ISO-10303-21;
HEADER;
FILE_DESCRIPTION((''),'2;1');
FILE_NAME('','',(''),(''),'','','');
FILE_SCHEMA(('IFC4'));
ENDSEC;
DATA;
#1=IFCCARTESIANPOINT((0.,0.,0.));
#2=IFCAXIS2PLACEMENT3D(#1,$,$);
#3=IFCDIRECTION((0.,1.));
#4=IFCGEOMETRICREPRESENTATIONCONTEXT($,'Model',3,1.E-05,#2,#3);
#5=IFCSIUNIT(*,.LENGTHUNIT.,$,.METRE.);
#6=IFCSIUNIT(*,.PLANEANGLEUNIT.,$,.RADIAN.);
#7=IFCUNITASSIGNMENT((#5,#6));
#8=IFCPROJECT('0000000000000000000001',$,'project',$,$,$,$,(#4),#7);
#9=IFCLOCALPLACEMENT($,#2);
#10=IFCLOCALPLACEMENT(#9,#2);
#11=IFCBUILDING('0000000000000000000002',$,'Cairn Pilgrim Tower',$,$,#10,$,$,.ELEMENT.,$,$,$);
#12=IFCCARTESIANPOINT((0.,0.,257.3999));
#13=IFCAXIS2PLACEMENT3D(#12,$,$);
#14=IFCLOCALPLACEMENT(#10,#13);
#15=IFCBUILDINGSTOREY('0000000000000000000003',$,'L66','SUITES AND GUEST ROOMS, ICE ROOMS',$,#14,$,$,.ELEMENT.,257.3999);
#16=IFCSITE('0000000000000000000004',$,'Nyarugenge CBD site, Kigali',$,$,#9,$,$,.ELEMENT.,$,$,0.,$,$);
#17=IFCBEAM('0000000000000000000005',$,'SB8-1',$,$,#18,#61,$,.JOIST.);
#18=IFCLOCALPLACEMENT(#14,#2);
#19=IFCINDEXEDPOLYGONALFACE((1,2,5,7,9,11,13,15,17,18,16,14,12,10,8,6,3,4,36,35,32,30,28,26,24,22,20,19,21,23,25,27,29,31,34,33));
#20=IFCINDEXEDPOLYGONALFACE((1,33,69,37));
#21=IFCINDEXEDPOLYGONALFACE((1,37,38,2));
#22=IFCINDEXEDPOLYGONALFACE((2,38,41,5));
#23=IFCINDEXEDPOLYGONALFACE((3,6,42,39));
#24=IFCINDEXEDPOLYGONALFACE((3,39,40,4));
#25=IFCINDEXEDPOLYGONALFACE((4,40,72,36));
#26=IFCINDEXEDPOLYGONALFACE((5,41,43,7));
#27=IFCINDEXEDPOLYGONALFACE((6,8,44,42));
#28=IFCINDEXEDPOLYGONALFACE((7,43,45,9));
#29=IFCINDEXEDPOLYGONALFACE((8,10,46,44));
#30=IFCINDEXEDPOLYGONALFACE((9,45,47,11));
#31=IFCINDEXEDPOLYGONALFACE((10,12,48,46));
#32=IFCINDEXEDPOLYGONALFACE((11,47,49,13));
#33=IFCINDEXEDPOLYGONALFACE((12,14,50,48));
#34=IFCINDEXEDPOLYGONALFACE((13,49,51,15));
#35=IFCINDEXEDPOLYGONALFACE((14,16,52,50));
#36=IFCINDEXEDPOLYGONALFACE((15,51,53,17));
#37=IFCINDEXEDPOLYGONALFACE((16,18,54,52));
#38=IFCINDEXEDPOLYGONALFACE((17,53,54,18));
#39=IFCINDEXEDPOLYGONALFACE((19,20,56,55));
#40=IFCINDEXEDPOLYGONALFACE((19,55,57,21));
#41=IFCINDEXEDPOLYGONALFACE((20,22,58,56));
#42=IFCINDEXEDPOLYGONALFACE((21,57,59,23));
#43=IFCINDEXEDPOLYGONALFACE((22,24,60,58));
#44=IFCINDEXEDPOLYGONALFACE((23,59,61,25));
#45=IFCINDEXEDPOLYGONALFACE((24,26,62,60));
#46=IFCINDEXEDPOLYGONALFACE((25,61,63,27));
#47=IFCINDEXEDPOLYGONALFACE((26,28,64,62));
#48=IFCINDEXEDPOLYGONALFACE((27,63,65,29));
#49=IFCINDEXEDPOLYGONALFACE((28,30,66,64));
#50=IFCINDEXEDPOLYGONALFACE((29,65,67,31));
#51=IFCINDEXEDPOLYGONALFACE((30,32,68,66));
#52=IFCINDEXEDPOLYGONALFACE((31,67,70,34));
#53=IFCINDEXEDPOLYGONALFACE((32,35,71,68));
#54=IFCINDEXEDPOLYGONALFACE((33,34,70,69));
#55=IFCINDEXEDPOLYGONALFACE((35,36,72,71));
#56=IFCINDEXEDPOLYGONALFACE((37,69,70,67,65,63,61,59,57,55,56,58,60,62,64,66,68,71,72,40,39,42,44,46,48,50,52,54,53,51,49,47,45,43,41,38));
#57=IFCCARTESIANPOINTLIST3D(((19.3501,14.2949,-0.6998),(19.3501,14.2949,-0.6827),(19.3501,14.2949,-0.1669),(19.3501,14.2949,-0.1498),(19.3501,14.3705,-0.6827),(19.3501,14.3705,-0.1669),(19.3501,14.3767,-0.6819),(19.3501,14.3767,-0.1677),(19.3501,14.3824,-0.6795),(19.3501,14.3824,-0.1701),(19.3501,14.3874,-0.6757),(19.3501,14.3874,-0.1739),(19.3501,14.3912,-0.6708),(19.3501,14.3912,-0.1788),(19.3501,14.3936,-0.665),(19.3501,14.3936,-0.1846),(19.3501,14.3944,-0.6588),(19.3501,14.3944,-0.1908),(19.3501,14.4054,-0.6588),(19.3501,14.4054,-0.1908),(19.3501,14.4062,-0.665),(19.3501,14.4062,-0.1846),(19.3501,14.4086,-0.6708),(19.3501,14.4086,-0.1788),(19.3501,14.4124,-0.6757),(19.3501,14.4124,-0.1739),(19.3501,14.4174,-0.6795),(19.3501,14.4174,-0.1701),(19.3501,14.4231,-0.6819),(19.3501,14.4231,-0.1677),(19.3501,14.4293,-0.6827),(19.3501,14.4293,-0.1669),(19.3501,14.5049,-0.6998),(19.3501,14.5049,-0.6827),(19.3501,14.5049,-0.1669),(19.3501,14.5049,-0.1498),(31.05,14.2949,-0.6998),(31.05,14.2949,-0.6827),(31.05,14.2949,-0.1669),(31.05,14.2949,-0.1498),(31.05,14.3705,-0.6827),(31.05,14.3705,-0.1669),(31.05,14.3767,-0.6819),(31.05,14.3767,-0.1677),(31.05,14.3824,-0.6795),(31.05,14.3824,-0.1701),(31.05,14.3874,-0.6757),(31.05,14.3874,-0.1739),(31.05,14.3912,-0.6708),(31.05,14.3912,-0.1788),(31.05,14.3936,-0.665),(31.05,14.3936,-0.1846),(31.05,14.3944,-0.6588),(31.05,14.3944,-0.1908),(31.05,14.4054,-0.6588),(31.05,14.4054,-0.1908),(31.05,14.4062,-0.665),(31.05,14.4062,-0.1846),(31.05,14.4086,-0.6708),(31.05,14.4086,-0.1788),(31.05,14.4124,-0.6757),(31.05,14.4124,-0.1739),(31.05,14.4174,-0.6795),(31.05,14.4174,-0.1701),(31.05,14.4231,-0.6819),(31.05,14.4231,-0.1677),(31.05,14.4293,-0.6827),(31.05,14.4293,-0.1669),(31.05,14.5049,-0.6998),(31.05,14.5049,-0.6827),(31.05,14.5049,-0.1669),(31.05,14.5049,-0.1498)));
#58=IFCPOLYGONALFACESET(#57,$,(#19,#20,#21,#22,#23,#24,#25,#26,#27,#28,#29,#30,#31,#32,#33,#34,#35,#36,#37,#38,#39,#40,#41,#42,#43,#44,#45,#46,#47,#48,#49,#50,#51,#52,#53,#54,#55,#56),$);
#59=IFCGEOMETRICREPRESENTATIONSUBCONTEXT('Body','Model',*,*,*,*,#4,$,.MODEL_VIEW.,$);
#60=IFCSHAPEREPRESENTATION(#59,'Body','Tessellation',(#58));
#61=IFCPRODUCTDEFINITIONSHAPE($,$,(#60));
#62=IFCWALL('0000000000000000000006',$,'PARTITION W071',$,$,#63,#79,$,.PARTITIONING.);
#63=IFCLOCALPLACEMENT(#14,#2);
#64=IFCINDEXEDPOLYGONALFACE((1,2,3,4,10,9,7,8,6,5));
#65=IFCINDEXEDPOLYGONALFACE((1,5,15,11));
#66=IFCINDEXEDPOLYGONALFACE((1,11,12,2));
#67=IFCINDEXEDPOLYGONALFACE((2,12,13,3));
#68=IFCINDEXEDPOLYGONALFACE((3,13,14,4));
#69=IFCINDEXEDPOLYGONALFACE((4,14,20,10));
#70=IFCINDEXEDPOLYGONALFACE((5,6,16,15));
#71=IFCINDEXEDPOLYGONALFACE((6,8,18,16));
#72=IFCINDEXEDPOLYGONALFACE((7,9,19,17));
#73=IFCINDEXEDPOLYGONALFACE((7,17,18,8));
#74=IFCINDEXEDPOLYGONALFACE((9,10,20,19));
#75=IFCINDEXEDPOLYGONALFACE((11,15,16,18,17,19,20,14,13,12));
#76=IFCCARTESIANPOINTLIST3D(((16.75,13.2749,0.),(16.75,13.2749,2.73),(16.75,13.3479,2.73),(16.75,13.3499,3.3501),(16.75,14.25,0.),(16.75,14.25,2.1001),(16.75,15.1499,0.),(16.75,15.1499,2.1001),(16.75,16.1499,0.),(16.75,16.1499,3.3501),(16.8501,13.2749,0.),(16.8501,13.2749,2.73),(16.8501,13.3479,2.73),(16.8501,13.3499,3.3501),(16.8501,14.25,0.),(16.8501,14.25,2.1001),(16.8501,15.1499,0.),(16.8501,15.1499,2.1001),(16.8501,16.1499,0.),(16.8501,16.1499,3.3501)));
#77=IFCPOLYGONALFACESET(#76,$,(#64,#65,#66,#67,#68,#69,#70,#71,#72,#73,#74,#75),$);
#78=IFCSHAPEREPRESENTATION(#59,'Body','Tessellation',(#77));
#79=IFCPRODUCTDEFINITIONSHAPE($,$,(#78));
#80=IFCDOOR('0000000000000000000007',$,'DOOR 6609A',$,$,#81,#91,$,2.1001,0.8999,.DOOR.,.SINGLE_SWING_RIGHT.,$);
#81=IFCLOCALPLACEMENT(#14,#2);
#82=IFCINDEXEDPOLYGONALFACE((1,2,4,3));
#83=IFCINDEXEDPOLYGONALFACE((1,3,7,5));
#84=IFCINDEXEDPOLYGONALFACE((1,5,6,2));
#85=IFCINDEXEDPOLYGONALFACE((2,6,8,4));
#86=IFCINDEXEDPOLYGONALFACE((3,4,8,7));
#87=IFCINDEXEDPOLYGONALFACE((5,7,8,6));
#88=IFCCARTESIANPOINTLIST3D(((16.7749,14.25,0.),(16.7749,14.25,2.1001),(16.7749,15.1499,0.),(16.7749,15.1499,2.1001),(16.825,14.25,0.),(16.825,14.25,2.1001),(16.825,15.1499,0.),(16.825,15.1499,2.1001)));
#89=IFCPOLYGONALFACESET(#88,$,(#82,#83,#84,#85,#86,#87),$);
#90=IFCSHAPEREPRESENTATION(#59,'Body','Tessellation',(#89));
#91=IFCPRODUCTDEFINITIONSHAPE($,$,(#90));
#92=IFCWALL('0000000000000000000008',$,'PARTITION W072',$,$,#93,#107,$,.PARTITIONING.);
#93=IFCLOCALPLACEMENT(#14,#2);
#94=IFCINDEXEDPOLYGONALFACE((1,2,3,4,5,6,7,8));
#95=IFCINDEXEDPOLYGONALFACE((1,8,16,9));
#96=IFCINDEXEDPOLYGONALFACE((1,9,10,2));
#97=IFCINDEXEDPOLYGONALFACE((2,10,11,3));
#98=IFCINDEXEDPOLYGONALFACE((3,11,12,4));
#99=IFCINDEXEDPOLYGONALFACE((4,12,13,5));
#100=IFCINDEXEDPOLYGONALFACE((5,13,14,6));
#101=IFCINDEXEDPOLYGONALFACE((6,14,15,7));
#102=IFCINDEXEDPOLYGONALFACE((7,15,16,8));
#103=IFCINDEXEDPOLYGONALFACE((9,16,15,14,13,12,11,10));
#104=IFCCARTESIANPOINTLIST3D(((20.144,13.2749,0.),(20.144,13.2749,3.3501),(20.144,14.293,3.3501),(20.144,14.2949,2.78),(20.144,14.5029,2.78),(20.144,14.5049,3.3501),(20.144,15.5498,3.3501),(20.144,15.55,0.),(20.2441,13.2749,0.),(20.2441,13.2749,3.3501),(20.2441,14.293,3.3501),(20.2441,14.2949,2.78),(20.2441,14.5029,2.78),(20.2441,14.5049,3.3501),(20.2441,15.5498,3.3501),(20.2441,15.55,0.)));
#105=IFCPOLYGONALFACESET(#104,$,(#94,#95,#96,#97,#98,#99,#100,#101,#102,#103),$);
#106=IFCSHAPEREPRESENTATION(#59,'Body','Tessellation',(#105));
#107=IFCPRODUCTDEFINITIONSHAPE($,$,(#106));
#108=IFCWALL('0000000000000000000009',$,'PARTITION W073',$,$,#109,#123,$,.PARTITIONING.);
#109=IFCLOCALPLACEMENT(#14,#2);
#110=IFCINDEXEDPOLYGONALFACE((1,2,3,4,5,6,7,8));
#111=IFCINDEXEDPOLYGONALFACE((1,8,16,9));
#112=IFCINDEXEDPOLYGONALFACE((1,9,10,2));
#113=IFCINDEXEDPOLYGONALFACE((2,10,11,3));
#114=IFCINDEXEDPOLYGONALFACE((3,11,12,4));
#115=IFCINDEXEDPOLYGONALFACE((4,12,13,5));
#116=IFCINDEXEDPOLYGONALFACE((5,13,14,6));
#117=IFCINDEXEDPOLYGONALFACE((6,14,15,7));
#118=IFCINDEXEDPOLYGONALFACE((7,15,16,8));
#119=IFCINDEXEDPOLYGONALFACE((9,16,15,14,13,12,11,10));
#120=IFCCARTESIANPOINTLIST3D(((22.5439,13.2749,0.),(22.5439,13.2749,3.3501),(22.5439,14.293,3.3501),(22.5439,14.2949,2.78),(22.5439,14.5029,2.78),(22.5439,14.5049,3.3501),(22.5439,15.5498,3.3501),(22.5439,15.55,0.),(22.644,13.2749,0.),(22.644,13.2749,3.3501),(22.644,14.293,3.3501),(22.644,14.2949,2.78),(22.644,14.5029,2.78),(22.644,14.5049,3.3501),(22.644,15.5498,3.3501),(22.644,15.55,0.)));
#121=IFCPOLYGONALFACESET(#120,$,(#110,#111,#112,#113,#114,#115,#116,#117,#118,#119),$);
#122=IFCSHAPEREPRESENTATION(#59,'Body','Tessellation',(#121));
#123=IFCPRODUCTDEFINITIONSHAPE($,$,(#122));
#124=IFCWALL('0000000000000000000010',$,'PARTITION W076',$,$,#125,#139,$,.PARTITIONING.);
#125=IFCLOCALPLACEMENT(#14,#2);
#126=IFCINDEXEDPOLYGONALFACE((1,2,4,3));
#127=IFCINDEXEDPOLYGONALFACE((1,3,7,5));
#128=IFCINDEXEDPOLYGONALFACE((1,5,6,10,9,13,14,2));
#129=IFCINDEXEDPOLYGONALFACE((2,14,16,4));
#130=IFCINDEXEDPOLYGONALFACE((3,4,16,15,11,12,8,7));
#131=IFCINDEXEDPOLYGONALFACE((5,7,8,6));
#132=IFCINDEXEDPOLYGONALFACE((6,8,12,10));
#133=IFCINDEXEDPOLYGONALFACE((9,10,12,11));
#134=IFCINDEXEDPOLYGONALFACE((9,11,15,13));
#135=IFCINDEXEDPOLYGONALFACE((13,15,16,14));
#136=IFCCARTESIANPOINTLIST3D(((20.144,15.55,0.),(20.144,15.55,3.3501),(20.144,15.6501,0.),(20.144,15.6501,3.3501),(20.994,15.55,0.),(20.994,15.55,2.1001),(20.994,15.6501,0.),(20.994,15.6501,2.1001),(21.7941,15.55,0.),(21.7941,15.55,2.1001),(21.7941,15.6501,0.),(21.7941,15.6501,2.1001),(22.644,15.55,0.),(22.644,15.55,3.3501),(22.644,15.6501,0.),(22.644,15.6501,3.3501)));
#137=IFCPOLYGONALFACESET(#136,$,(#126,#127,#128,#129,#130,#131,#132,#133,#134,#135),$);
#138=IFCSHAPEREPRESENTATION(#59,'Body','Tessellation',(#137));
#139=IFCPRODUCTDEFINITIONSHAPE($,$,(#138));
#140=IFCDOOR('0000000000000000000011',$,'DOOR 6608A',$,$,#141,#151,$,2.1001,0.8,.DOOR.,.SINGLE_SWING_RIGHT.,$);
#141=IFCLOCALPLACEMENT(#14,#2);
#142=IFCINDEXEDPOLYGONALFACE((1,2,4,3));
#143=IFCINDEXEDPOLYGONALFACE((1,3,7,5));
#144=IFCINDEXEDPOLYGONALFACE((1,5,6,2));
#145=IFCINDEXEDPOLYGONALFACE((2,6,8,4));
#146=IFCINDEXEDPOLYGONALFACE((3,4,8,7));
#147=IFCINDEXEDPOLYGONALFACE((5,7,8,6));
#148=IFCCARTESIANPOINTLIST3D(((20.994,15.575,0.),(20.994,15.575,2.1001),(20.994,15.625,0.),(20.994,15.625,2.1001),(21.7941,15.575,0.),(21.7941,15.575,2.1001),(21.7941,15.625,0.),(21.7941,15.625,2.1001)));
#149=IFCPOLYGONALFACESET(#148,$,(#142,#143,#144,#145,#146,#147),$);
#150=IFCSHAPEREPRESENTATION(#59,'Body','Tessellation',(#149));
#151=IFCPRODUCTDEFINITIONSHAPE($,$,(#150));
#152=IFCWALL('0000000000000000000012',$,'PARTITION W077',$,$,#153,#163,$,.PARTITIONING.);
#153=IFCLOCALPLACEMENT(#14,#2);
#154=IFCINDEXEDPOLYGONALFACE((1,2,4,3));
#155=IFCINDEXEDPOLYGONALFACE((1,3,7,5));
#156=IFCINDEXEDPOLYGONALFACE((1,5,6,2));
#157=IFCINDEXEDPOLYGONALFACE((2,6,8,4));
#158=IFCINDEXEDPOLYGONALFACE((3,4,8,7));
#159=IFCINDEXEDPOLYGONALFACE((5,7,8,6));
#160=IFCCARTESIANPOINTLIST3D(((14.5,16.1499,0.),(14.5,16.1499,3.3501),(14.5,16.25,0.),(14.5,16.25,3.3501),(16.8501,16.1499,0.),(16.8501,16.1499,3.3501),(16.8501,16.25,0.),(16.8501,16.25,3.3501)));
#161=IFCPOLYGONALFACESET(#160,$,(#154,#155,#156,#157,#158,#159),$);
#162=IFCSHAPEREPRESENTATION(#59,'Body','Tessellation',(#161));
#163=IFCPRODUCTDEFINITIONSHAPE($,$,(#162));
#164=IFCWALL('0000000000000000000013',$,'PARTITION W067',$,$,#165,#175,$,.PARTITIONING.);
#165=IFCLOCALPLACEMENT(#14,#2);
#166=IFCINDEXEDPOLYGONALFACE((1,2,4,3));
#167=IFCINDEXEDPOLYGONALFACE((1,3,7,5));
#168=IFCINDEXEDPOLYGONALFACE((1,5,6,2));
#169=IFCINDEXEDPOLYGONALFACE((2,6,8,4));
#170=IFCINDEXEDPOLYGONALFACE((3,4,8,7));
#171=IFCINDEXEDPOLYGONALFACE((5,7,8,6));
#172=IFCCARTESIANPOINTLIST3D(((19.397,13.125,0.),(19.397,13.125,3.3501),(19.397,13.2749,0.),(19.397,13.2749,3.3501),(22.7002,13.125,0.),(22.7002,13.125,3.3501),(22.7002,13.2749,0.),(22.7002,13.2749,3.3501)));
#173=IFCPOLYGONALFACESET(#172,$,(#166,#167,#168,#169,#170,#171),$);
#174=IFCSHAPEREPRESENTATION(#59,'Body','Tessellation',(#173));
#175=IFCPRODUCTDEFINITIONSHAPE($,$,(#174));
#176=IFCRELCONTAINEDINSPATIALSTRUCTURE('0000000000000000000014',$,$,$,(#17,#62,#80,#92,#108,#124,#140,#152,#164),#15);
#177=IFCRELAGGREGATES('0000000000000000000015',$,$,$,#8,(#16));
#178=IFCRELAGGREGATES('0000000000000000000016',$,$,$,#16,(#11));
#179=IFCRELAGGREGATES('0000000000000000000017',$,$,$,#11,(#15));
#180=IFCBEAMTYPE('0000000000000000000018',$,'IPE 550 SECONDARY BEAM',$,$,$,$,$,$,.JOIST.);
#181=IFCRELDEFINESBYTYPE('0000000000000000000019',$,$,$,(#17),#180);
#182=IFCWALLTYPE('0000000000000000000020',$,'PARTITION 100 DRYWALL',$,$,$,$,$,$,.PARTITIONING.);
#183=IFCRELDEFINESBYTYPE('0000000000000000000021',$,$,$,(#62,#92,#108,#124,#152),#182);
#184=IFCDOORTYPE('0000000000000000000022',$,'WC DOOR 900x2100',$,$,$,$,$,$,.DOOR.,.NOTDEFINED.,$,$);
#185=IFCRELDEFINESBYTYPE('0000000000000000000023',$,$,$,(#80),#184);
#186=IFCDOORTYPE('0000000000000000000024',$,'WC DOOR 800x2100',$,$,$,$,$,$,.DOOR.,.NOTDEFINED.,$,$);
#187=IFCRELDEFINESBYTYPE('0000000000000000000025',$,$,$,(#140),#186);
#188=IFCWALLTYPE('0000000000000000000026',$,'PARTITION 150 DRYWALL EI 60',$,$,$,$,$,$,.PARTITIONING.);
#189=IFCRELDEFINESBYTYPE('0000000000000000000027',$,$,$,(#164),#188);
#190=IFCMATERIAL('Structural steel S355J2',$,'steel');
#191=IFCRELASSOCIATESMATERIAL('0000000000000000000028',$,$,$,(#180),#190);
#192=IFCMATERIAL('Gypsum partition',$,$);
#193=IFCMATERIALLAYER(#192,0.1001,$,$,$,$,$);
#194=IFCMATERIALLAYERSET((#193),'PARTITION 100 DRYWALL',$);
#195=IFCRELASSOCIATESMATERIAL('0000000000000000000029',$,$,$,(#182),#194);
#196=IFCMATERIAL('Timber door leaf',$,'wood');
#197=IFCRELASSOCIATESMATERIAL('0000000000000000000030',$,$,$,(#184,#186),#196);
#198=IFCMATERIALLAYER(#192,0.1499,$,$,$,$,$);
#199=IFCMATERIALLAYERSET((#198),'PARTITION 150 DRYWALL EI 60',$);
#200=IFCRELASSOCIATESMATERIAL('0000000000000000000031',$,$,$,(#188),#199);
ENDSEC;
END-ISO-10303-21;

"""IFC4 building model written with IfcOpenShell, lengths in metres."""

from ifc_helpers import new_model, si_unit, direction, frame, frame_2d, origin, origin_2d, place, context, subcontext, project, spatial, polyline, rectangle, i_section, outline, extrude, material, layer, layer_set, material_profile, profile_set, type_object, element, fill, save


model = new_model("IFC4")

# Units and contexts
model_context = context("Model", 3, precision=1e-05, world=origin(), true_north=direction((0.0, 1.0)))
body_context = subcontext(model_context, "Body", "Model", "MODEL_VIEW")
ifc_project = project(units=[si_unit("LENGTHUNIT", "METRE"), si_unit("PLANEANGLEUNIT", "RADIAN")], contexts=[model_context])

# Site, building, storey
site_placement = place(None, origin())
site = spatial("IfcSite", under=ifc_project, at=site_placement, Name="Nyarugenge CBD site, Kigali", CompositionType="ELEMENT", RefElevation=0.0)
building_placement = place(site_placement, origin())
building = spatial("IfcBuilding", under=site, at=building_placement, Name="Cairn Pilgrim Tower", CompositionType="ELEMENT")
storey_placement = place(building_placement, frame((0.0, 0.0, 257.3999)))
storey = spatial("IfcBuildingStorey", under=building, at=storey_placement, Name="L66", Description="SUITES AND GUEST ROOMS, ICE ROOMS", CompositionType="ELEMENT", Elevation=257.3999)

# Shared definitions
ifc_material_1 = material(Name="Structural steel S355J2", Category="steel")

# Beam
ifc_material_profile_1 = material_profile(ifc_material_1, i_section(OverallWidth=0.21, OverallDepth=0.55, WebThickness=0.011, FlangeThickness=0.0171, FilletRadius=0.0239, at=origin_2d()), Name="IPE 550")
ifc_profile_set_1 = profile_set([ifc_material_profile_1], Name="Structural steel S355J2")
beam_type_1 = type_object("IfcBeamType", Name="IPE 550 SECONDARY BEAM", PredefinedType="JOIST", material=ifc_profile_set_1)
beam_1_placement = place(storey_placement, frame((19.3501, 14.3999, -0.4248), z_axis=(1.0, 0.0, 0.0), x_axis=(0.0, 1.0, 0.0)))
element("IfcBeam", 1, at=beam_1_placement, inside=storey, type_object=beam_type_1, Name="SB8-1", PredefinedType="JOIST", context=body_context, shape_type="SweptSolid", body=[
    extrude(i_section(OverallWidth=0.21, OverallDepth=0.55, WebThickness=0.011, FlangeThickness=0.0171, FilletRadius=0.0239, at=origin_2d()), origin(), (0.0, 0.0, 1.0), 11.7),
])

# Wall, opening, door
ifc_material_2 = material(Name="Gypsum partition")
ifc_layer_1 = layer(ifc_material_2, 0.1001)
ifc_layer_set_1 = layer_set([ifc_layer_1], Name="PARTITION 100 DRYWALL")
wall_type_1 = type_object("IfcWallType", Name="PARTITION 100 DRYWALL", PredefinedType="PARTITIONING", material=ifc_layer_set_1)
wall_1_placement = place(storey_placement, frame((16.8, 13.2749, 0.0), z_axis=(0.0, 0.0, 1.0), x_axis=(0.0, 1.0, 0.0)))
wall_1 = element("IfcWall", 2, at=wall_1_placement, inside=storey, type_object=wall_type_1, Name="PARTITION W071", PredefinedType="PARTITIONING", context=body_context, shape_type="SweptSolid", body=[
    extrude(outline(polyline([(0.0, 0.0), (2.875, 0.0), (2.875, 3.3501), (0.075, 3.3501), (0.073, 2.73), (0.0, 2.73), (0.0, 0.0)])), frame((0.0, 0.05, 0.0), z_axis=(0.0, -1.0, 0.0), x_axis=(1.0, 0.0, 0.0)), (0.0, 0.0, 1.0), 0.1001),
])
opening_1_placement = place(wall_1_placement, frame((0.9751, 0.0, 0.0)))
opening_1 = element("IfcOpeningElement", 3, at=opening_1_placement, cuts=wall_1, PredefinedType="OPENING", context=body_context, shape_type="SweptSolid", body=[
    extrude(rectangle(XDim=0.8999, YDim=2.1001, at=frame_2d((0.45, 1.05))), frame((0.0, 0.0601, 0.0), z_axis=(0.0, -1.0, 0.0), x_axis=(1.0, 0.0, 0.0)), (0.0, 0.0, 1.0), 0.1201),
])
ifc_material_3 = material(Name="Timber door leaf", Category="wood")
door_type_1 = type_object("IfcDoorType", Name="WC DOOR 900x2100", OperationType="NOTDEFINED", PredefinedType="DOOR", material=ifc_material_3)
door_1_placement = place(opening_1_placement, frame((0.8999, 0.0, 0.0), z_axis=(0.0, 0.0, 1.0), x_axis=(-1.0, 0.0, 0.0)))
door_1 = element("IfcDoor", 4, at=door_1_placement, inside=storey, type_object=door_type_1, Name="DOOR 6609A", OperationType="SINGLE_SWING_RIGHT", OverallHeight=2.1001, OverallWidth=0.8999, PredefinedType="DOOR", context=body_context, shape_type="SweptSolid", body=[
    extrude(rectangle(XDim=0.8999, YDim=2.1001, at=frame_2d((0.45, 1.05))), frame((0.0, 0.0249, 0.0), z_axis=(0.0, -1.0, 0.0), x_axis=(1.0, 0.0, 0.0)), (0.0, 0.0, 1.0), 0.05),
])
fill(opening_1, door_1)

# Walls
for number, where, z_axis, x_axis, name in (
    (5, (20.1941, 13.2749, 0.0), (0.0, 0.0, 1.0), (0.0, 1.0, 0.0), "PARTITION W072"),
    (6, (22.594, 13.2749, 0.0), (0.0, 0.0, 1.0), (0.0, 1.0, 0.0), "PARTITION W073"),
):
    element("IfcWall", number, at=place(storey_placement, frame(where, z_axis=z_axis, x_axis=x_axis)), inside=storey, type_object=wall_type_1, Name=name, PredefinedType="PARTITIONING", context=body_context, shape_type="SweptSolid", body=[
        extrude(outline(polyline([(0.0, 0.0), (2.2751, 0.0), (2.2749, 3.3501), (1.23, 3.3501), (1.228, 2.78), (1.02, 2.78), (1.0181, 3.3501), (0.0, 3.3501), (0.0, 0.0)])), frame((0.0, 0.05, 0.0), z_axis=(0.0, -1.0, 0.0), x_axis=(1.0, 0.0, 0.0)), (0.0, 0.0, 1.0), 0.1001),
    ])

# Wall, opening, door
wall_2_placement = place(storey_placement, frame((20.144, 15.6001, 0.0), z_axis=(0.0, 0.0, 1.0), x_axis=(1.0, 0.0, 0.0)))
wall_2 = element("IfcWall", 7, at=wall_2_placement, inside=storey, type_object=wall_type_1, Name="PARTITION W076", PredefinedType="PARTITIONING", context=body_context, shape_type="SweptSolid", body=[
    extrude(rectangle(XDim=2.5, YDim=0.1001, at=frame_2d((1.25, 0.0))), origin(), (0.0, 0.0, 1.0), 3.3501),
])
opening_2_placement = place(wall_2_placement, frame((0.8501, 0.0, 0.0)))
opening_2 = element("IfcOpeningElement", 8, at=opening_2_placement, cuts=wall_2, PredefinedType="OPENING", context=body_context, shape_type="SweptSolid", body=[
    extrude(rectangle(XDim=0.8, YDim=2.1001, at=frame_2d((0.3999, 1.05))), frame((0.0, 0.0601, 0.0), z_axis=(0.0, -1.0, 0.0), x_axis=(1.0, 0.0, 0.0)), (0.0, 0.0, 1.0), 0.1201),
])
door_type_2 = type_object("IfcDoorType", Name="WC DOOR 800x2100", OperationType="NOTDEFINED", PredefinedType="DOOR", material=ifc_material_3)
door_2_placement = place(opening_2_placement, origin())
door_2 = element("IfcDoor", 9, at=door_2_placement, inside=storey, type_object=door_type_2, Name="DOOR 6608A", OperationType="SINGLE_SWING_RIGHT", OverallHeight=2.1001, OverallWidth=0.8, PredefinedType="DOOR", context=body_context, shape_type="SweptSolid", body=[
    extrude(rectangle(XDim=0.8, YDim=2.1001, at=frame_2d((0.3999, 1.05))), frame((0.0, 0.0249, 0.0), z_axis=(0.0, -1.0, 0.0), x_axis=(1.0, 0.0, 0.0)), (0.0, 0.0, 1.0), 0.05),
])
fill(opening_2, door_2)

# Walls
wall_3_placement = place(storey_placement, frame((14.5, 16.2, 0.0), z_axis=(0.0, 0.0, 1.0), x_axis=(1.0, 0.0, 0.0)))
element("IfcWall", 10, at=wall_3_placement, inside=storey, type_object=wall_type_1, Name="PARTITION W077", PredefinedType="PARTITIONING", context=body_context, shape_type="SweptSolid", body=[
    extrude(rectangle(XDim=2.3501, YDim=0.1001, at=frame_2d((1.175, 0.0))), origin(), (0.0, 0.0, 1.0), 3.3501),
])
ifc_layer_2 = layer(ifc_material_2, 0.1499)
ifc_layer_set_2 = layer_set([ifc_layer_2], Name="PARTITION 150 DRYWALL EI 60")
wall_type_2 = type_object("IfcWallType", Name="PARTITION 150 DRYWALL EI 60", PredefinedType="PARTITIONING", material=ifc_layer_set_2)
wall_4_placement = place(storey_placement, frame((19.397, 13.2, 0.0), z_axis=(0.0, 0.0, 1.0), x_axis=(1.0, 0.0, 0.0)))
element("IfcWall", 11, at=wall_4_placement, inside=storey, type_object=wall_type_2, Name="PARTITION W067", PredefinedType="PARTITIONING", context=body_context, shape_type="SweptSolid", body=[
    extrude(rectangle(XDim=3.3032, YDim=0.1499, at=frame_2d((1.6516, 0.0))), origin(), (0.0, 0.0, 1.0), 3.3501),
])

save(model, "model.ifc")
